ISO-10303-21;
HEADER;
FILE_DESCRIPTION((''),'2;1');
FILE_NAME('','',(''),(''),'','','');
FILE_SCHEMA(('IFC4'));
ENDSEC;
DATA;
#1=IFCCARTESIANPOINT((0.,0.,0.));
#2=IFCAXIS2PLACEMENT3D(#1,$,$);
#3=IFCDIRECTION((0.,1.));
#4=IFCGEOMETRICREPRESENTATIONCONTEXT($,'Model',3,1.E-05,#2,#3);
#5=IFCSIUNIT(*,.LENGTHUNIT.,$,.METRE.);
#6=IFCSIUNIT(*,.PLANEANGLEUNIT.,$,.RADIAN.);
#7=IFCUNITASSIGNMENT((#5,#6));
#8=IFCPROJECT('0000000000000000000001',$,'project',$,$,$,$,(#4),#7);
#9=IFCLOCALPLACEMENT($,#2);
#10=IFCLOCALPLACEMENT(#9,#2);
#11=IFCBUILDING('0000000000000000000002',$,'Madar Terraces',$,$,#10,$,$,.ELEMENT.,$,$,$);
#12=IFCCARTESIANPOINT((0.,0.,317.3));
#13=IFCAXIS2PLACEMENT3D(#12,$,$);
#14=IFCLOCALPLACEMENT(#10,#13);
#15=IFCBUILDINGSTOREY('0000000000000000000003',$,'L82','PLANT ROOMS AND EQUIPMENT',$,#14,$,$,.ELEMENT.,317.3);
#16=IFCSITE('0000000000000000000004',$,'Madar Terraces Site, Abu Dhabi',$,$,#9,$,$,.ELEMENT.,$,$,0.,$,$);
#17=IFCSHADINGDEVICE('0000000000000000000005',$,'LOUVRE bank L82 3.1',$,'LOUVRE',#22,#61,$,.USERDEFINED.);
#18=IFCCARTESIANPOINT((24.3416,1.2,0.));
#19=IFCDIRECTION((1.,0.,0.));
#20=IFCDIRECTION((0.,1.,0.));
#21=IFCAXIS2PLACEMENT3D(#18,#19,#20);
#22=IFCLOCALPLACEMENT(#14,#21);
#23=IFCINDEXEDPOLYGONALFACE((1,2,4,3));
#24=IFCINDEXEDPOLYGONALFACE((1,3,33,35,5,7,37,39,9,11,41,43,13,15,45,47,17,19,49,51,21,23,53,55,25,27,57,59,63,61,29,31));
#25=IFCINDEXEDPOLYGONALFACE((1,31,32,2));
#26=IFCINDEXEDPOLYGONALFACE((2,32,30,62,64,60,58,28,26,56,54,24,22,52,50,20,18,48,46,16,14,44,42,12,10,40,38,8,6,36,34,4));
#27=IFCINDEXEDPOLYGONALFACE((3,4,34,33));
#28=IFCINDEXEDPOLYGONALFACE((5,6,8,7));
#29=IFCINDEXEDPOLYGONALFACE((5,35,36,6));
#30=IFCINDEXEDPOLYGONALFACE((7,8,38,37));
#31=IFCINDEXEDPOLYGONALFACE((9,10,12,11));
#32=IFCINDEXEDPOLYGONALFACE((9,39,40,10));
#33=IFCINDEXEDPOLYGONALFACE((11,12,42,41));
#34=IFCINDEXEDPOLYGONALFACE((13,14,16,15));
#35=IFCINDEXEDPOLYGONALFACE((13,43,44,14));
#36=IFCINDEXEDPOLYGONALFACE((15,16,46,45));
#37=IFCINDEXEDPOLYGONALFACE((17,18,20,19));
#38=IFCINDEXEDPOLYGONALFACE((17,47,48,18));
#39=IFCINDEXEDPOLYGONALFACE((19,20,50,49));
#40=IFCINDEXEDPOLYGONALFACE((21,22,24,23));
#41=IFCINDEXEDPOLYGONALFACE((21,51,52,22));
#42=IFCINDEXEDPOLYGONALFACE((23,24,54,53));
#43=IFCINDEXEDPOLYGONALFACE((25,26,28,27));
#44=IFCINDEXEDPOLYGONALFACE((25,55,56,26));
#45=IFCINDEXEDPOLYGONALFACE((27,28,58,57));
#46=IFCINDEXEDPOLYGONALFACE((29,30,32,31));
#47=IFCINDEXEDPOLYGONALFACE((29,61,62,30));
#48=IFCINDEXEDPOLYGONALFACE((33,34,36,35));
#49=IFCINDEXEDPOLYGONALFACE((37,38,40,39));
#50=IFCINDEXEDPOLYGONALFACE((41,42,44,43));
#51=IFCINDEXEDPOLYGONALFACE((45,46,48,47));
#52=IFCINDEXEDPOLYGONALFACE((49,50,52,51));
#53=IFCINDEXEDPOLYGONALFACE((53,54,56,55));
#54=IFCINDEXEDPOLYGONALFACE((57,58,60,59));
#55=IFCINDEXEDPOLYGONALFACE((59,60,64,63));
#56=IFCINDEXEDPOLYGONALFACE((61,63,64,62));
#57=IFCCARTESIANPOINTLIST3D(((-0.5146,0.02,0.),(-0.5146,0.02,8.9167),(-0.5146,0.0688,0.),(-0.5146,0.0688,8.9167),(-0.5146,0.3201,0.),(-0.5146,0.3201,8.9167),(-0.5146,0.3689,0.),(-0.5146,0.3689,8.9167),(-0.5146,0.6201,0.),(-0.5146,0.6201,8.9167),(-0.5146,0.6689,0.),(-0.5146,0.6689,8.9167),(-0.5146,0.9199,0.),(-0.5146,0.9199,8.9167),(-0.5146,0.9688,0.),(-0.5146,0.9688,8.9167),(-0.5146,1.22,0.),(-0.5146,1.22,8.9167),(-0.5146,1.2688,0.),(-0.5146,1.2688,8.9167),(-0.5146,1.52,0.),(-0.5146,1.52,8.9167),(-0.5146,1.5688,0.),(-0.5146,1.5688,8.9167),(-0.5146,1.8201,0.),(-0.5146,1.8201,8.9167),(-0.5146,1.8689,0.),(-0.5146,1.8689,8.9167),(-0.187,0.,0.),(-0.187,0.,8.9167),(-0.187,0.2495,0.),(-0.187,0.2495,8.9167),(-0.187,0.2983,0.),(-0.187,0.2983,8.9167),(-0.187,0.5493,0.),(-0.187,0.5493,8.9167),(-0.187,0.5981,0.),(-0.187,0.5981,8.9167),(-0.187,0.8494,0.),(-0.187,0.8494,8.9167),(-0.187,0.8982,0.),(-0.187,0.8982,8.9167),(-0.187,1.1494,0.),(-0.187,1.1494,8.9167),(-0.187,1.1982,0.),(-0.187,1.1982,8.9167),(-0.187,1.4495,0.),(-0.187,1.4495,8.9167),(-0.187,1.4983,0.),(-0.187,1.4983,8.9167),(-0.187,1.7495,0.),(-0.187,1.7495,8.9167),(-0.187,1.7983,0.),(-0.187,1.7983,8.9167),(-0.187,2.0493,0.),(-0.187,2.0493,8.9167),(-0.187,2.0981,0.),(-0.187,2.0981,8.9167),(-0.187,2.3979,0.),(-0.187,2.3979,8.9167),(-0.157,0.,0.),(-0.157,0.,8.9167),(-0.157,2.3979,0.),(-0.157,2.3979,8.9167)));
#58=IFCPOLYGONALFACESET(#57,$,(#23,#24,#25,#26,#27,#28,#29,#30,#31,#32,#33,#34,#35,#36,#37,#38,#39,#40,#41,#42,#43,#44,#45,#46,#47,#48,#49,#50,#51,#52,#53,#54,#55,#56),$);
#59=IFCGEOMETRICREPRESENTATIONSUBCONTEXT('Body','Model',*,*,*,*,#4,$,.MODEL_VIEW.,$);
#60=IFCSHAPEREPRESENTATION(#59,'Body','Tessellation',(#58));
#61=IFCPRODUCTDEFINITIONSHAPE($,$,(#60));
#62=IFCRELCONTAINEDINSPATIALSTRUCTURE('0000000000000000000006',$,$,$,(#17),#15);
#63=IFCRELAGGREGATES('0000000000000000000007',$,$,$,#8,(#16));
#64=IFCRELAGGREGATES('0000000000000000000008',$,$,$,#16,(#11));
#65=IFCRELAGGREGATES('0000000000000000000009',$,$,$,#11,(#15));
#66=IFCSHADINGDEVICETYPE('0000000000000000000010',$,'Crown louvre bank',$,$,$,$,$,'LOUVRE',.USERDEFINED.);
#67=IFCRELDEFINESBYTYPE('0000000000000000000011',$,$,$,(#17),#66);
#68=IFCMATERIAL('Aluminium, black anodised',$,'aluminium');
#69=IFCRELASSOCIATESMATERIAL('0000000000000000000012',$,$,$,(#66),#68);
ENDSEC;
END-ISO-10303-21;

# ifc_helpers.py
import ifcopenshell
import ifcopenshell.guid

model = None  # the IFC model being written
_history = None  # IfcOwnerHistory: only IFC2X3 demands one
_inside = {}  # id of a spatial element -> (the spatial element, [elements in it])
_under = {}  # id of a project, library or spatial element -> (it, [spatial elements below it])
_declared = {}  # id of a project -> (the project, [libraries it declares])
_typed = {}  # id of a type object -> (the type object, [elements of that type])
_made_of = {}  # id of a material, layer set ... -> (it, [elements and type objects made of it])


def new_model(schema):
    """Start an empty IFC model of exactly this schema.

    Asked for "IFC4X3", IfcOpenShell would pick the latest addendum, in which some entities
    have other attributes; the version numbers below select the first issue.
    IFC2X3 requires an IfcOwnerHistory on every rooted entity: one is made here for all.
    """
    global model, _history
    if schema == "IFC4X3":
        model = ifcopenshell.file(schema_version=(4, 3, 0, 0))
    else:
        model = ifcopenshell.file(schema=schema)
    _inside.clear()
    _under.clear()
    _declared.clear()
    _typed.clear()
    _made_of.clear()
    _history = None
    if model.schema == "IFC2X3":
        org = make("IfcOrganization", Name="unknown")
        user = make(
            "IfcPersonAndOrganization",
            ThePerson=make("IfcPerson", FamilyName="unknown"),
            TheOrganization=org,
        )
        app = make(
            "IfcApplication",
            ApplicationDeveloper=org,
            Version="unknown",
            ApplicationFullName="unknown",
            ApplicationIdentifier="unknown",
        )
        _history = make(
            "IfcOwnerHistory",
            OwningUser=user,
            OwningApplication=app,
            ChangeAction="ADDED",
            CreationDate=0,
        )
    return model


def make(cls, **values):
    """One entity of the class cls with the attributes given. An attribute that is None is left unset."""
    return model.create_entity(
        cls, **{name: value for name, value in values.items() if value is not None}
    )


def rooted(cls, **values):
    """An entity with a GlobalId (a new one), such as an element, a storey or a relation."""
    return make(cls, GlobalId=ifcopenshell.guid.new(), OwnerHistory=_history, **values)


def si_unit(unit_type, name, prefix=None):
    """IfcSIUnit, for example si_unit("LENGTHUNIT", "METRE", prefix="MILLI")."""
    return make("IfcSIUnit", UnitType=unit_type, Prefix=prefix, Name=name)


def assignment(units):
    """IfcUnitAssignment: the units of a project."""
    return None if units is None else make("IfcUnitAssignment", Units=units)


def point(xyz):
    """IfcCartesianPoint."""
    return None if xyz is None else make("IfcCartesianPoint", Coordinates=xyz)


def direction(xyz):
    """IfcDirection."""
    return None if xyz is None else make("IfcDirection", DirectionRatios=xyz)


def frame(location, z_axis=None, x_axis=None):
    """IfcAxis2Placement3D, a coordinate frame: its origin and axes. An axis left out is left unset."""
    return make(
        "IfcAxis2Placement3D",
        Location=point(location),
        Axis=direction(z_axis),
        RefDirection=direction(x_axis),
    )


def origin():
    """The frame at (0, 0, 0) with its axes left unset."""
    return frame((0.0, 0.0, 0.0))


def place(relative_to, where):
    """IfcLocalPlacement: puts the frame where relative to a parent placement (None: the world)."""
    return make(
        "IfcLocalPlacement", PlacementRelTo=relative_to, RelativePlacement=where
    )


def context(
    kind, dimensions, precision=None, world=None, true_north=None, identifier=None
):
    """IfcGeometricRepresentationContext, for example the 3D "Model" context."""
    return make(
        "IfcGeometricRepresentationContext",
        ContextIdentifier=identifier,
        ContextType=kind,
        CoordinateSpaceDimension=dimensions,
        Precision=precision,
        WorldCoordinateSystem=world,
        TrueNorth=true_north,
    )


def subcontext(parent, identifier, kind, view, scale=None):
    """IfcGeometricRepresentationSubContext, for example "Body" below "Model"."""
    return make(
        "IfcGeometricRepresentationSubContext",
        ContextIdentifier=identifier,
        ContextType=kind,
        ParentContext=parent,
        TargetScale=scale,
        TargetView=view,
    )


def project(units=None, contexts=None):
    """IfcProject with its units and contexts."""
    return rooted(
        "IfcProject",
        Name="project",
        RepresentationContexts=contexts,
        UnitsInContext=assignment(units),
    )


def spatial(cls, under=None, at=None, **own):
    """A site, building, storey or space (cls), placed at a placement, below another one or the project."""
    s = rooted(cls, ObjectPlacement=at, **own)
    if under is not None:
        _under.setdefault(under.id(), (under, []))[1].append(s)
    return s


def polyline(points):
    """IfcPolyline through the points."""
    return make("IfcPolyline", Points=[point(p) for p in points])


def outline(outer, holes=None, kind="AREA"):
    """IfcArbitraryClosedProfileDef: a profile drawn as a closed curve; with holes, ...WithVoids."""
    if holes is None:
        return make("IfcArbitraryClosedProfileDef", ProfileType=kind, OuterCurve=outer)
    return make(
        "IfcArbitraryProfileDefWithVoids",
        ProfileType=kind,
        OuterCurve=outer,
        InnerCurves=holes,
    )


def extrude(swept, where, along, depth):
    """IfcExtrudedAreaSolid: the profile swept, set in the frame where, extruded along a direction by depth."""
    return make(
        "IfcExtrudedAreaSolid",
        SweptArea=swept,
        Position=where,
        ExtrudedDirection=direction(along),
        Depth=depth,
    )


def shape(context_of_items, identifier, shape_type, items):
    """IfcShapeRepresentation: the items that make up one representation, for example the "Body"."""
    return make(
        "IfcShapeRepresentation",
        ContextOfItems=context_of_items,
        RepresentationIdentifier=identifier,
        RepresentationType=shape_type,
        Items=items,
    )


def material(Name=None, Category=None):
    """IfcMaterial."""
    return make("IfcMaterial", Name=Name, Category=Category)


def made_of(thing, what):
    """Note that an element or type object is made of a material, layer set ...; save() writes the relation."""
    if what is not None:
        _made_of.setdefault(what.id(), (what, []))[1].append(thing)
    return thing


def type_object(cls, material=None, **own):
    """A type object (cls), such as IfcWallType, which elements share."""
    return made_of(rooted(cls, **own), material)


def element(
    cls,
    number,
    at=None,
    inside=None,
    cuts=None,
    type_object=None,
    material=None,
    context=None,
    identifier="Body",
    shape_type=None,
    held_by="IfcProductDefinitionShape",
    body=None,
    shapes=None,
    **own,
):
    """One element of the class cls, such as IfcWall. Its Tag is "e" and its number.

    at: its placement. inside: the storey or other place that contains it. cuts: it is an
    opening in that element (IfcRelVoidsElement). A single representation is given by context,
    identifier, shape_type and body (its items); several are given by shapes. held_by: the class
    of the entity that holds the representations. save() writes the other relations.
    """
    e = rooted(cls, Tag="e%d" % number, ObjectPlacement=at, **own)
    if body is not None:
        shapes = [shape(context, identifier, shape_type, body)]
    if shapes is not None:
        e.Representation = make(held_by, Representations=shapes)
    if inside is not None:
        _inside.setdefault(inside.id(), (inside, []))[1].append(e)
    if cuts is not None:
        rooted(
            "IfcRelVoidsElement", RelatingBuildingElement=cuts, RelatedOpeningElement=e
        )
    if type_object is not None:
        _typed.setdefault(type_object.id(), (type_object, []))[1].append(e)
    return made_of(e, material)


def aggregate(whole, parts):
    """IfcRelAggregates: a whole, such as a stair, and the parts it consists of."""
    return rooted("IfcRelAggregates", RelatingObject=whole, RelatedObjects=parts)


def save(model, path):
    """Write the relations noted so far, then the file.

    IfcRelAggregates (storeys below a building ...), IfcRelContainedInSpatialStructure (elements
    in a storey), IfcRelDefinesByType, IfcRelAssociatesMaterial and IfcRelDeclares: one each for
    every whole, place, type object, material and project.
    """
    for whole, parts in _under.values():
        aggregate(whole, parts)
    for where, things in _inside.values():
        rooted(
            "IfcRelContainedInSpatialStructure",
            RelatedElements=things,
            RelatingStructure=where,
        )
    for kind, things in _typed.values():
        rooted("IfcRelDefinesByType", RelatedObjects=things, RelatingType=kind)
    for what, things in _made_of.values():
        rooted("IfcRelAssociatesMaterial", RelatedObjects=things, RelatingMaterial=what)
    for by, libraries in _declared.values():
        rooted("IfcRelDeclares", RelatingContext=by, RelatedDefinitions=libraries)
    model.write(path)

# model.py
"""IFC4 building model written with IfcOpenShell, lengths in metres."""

from ifc_helpers import new_model, si_unit, direction, frame, origin, place, context, subcontext, project, spatial, polyline, outline, extrude, material, type_object, element, save


model = new_model("IFC4")

# Units and contexts
model_context = context("Model", 3, precision=1e-05, world=origin(), true_north=direction((0.0, 1.0)))
body_context = subcontext(model_context, "Body", "Model", "MODEL_VIEW")
ifc_project = project(units=[si_unit("LENGTHUNIT", "METRE"), si_unit("PLANEANGLEUNIT", "RADIAN")], contexts=[model_context])

# Site, building, storey
site_placement = place(None, origin())
site = spatial("IfcSite", under=ifc_project, at=site_placement, Name="Madar Terraces Site, Abu Dhabi", CompositionType="ELEMENT", RefElevation=0.0)
building_placement = place(site_placement, origin())
building = spatial("IfcBuilding", under=site, at=building_placement, Name="Madar Terraces", CompositionType="ELEMENT")
storey_placement = place(building_placement, frame((0.0, 0.0, 317.3)))
storey = spatial("IfcBuildingStorey", under=building, at=storey_placement, Name="L82", Description="PLANT ROOMS AND EQUIPMENT", CompositionType="ELEMENT", Elevation=317.3)

# Shading device
ifc_material_1 = material(Name="Aluminium, black anodised", Category="aluminium")
shading_device_type = type_object("IfcShadingDeviceType", Name="Crown louvre bank", ElementType="LOUVRE", PredefinedType="USERDEFINED", material=ifc_material_1)
shading_device_1_placement = place(storey_placement, frame((24.3416, 1.2, 0.0), z_axis=(1.0, 0.0, 0.0), x_axis=(0.0, 1.0, 0.0)))
element("IfcShadingDevice", 1, at=shading_device_1_placement, inside=storey, type_object=shading_device_type, Name="LOUVRE bank L82 3.1", ObjectType="LOUVRE", PredefinedType="USERDEFINED", context=body_context, shape_type="SweptSolid", body=[
    extrude(outline(polyline([(-0.157, 0.0), (-0.187, 0.0), (-0.187, 0.2495), (-0.5146, 0.02), (-0.5146, 0.0688), (-0.187, 0.2983), (-0.187, 0.5493), (-0.5146, 0.3201), (-0.5146, 0.3689), (-0.187, 0.5981), (-0.187, 0.8494), (-0.5146, 0.6201), (-0.5146, 0.6689), (-0.187, 0.8982), (-0.187, 1.1494), (-0.5146, 0.9199), (-0.5146, 0.9688), (-0.187, 1.1982), (-0.187, 1.4495), (-0.5146, 1.22), (-0.5146, 1.2688), (-0.187, 1.4983), (-0.187, 1.7495), (-0.5146, 1.52), (-0.5146, 1.5688), (-0.187, 1.7983), (-0.187, 2.0493), (-0.5146, 1.8201), (-0.5146, 1.8689), (-0.187, 2.0981), (-0.187, 2.3979), (-0.157, 2.3979), (-0.157, 0.0)])), origin(), (0.0, 0.0, 1.0), 8.9167),
])

save(model, "model.ifc")
